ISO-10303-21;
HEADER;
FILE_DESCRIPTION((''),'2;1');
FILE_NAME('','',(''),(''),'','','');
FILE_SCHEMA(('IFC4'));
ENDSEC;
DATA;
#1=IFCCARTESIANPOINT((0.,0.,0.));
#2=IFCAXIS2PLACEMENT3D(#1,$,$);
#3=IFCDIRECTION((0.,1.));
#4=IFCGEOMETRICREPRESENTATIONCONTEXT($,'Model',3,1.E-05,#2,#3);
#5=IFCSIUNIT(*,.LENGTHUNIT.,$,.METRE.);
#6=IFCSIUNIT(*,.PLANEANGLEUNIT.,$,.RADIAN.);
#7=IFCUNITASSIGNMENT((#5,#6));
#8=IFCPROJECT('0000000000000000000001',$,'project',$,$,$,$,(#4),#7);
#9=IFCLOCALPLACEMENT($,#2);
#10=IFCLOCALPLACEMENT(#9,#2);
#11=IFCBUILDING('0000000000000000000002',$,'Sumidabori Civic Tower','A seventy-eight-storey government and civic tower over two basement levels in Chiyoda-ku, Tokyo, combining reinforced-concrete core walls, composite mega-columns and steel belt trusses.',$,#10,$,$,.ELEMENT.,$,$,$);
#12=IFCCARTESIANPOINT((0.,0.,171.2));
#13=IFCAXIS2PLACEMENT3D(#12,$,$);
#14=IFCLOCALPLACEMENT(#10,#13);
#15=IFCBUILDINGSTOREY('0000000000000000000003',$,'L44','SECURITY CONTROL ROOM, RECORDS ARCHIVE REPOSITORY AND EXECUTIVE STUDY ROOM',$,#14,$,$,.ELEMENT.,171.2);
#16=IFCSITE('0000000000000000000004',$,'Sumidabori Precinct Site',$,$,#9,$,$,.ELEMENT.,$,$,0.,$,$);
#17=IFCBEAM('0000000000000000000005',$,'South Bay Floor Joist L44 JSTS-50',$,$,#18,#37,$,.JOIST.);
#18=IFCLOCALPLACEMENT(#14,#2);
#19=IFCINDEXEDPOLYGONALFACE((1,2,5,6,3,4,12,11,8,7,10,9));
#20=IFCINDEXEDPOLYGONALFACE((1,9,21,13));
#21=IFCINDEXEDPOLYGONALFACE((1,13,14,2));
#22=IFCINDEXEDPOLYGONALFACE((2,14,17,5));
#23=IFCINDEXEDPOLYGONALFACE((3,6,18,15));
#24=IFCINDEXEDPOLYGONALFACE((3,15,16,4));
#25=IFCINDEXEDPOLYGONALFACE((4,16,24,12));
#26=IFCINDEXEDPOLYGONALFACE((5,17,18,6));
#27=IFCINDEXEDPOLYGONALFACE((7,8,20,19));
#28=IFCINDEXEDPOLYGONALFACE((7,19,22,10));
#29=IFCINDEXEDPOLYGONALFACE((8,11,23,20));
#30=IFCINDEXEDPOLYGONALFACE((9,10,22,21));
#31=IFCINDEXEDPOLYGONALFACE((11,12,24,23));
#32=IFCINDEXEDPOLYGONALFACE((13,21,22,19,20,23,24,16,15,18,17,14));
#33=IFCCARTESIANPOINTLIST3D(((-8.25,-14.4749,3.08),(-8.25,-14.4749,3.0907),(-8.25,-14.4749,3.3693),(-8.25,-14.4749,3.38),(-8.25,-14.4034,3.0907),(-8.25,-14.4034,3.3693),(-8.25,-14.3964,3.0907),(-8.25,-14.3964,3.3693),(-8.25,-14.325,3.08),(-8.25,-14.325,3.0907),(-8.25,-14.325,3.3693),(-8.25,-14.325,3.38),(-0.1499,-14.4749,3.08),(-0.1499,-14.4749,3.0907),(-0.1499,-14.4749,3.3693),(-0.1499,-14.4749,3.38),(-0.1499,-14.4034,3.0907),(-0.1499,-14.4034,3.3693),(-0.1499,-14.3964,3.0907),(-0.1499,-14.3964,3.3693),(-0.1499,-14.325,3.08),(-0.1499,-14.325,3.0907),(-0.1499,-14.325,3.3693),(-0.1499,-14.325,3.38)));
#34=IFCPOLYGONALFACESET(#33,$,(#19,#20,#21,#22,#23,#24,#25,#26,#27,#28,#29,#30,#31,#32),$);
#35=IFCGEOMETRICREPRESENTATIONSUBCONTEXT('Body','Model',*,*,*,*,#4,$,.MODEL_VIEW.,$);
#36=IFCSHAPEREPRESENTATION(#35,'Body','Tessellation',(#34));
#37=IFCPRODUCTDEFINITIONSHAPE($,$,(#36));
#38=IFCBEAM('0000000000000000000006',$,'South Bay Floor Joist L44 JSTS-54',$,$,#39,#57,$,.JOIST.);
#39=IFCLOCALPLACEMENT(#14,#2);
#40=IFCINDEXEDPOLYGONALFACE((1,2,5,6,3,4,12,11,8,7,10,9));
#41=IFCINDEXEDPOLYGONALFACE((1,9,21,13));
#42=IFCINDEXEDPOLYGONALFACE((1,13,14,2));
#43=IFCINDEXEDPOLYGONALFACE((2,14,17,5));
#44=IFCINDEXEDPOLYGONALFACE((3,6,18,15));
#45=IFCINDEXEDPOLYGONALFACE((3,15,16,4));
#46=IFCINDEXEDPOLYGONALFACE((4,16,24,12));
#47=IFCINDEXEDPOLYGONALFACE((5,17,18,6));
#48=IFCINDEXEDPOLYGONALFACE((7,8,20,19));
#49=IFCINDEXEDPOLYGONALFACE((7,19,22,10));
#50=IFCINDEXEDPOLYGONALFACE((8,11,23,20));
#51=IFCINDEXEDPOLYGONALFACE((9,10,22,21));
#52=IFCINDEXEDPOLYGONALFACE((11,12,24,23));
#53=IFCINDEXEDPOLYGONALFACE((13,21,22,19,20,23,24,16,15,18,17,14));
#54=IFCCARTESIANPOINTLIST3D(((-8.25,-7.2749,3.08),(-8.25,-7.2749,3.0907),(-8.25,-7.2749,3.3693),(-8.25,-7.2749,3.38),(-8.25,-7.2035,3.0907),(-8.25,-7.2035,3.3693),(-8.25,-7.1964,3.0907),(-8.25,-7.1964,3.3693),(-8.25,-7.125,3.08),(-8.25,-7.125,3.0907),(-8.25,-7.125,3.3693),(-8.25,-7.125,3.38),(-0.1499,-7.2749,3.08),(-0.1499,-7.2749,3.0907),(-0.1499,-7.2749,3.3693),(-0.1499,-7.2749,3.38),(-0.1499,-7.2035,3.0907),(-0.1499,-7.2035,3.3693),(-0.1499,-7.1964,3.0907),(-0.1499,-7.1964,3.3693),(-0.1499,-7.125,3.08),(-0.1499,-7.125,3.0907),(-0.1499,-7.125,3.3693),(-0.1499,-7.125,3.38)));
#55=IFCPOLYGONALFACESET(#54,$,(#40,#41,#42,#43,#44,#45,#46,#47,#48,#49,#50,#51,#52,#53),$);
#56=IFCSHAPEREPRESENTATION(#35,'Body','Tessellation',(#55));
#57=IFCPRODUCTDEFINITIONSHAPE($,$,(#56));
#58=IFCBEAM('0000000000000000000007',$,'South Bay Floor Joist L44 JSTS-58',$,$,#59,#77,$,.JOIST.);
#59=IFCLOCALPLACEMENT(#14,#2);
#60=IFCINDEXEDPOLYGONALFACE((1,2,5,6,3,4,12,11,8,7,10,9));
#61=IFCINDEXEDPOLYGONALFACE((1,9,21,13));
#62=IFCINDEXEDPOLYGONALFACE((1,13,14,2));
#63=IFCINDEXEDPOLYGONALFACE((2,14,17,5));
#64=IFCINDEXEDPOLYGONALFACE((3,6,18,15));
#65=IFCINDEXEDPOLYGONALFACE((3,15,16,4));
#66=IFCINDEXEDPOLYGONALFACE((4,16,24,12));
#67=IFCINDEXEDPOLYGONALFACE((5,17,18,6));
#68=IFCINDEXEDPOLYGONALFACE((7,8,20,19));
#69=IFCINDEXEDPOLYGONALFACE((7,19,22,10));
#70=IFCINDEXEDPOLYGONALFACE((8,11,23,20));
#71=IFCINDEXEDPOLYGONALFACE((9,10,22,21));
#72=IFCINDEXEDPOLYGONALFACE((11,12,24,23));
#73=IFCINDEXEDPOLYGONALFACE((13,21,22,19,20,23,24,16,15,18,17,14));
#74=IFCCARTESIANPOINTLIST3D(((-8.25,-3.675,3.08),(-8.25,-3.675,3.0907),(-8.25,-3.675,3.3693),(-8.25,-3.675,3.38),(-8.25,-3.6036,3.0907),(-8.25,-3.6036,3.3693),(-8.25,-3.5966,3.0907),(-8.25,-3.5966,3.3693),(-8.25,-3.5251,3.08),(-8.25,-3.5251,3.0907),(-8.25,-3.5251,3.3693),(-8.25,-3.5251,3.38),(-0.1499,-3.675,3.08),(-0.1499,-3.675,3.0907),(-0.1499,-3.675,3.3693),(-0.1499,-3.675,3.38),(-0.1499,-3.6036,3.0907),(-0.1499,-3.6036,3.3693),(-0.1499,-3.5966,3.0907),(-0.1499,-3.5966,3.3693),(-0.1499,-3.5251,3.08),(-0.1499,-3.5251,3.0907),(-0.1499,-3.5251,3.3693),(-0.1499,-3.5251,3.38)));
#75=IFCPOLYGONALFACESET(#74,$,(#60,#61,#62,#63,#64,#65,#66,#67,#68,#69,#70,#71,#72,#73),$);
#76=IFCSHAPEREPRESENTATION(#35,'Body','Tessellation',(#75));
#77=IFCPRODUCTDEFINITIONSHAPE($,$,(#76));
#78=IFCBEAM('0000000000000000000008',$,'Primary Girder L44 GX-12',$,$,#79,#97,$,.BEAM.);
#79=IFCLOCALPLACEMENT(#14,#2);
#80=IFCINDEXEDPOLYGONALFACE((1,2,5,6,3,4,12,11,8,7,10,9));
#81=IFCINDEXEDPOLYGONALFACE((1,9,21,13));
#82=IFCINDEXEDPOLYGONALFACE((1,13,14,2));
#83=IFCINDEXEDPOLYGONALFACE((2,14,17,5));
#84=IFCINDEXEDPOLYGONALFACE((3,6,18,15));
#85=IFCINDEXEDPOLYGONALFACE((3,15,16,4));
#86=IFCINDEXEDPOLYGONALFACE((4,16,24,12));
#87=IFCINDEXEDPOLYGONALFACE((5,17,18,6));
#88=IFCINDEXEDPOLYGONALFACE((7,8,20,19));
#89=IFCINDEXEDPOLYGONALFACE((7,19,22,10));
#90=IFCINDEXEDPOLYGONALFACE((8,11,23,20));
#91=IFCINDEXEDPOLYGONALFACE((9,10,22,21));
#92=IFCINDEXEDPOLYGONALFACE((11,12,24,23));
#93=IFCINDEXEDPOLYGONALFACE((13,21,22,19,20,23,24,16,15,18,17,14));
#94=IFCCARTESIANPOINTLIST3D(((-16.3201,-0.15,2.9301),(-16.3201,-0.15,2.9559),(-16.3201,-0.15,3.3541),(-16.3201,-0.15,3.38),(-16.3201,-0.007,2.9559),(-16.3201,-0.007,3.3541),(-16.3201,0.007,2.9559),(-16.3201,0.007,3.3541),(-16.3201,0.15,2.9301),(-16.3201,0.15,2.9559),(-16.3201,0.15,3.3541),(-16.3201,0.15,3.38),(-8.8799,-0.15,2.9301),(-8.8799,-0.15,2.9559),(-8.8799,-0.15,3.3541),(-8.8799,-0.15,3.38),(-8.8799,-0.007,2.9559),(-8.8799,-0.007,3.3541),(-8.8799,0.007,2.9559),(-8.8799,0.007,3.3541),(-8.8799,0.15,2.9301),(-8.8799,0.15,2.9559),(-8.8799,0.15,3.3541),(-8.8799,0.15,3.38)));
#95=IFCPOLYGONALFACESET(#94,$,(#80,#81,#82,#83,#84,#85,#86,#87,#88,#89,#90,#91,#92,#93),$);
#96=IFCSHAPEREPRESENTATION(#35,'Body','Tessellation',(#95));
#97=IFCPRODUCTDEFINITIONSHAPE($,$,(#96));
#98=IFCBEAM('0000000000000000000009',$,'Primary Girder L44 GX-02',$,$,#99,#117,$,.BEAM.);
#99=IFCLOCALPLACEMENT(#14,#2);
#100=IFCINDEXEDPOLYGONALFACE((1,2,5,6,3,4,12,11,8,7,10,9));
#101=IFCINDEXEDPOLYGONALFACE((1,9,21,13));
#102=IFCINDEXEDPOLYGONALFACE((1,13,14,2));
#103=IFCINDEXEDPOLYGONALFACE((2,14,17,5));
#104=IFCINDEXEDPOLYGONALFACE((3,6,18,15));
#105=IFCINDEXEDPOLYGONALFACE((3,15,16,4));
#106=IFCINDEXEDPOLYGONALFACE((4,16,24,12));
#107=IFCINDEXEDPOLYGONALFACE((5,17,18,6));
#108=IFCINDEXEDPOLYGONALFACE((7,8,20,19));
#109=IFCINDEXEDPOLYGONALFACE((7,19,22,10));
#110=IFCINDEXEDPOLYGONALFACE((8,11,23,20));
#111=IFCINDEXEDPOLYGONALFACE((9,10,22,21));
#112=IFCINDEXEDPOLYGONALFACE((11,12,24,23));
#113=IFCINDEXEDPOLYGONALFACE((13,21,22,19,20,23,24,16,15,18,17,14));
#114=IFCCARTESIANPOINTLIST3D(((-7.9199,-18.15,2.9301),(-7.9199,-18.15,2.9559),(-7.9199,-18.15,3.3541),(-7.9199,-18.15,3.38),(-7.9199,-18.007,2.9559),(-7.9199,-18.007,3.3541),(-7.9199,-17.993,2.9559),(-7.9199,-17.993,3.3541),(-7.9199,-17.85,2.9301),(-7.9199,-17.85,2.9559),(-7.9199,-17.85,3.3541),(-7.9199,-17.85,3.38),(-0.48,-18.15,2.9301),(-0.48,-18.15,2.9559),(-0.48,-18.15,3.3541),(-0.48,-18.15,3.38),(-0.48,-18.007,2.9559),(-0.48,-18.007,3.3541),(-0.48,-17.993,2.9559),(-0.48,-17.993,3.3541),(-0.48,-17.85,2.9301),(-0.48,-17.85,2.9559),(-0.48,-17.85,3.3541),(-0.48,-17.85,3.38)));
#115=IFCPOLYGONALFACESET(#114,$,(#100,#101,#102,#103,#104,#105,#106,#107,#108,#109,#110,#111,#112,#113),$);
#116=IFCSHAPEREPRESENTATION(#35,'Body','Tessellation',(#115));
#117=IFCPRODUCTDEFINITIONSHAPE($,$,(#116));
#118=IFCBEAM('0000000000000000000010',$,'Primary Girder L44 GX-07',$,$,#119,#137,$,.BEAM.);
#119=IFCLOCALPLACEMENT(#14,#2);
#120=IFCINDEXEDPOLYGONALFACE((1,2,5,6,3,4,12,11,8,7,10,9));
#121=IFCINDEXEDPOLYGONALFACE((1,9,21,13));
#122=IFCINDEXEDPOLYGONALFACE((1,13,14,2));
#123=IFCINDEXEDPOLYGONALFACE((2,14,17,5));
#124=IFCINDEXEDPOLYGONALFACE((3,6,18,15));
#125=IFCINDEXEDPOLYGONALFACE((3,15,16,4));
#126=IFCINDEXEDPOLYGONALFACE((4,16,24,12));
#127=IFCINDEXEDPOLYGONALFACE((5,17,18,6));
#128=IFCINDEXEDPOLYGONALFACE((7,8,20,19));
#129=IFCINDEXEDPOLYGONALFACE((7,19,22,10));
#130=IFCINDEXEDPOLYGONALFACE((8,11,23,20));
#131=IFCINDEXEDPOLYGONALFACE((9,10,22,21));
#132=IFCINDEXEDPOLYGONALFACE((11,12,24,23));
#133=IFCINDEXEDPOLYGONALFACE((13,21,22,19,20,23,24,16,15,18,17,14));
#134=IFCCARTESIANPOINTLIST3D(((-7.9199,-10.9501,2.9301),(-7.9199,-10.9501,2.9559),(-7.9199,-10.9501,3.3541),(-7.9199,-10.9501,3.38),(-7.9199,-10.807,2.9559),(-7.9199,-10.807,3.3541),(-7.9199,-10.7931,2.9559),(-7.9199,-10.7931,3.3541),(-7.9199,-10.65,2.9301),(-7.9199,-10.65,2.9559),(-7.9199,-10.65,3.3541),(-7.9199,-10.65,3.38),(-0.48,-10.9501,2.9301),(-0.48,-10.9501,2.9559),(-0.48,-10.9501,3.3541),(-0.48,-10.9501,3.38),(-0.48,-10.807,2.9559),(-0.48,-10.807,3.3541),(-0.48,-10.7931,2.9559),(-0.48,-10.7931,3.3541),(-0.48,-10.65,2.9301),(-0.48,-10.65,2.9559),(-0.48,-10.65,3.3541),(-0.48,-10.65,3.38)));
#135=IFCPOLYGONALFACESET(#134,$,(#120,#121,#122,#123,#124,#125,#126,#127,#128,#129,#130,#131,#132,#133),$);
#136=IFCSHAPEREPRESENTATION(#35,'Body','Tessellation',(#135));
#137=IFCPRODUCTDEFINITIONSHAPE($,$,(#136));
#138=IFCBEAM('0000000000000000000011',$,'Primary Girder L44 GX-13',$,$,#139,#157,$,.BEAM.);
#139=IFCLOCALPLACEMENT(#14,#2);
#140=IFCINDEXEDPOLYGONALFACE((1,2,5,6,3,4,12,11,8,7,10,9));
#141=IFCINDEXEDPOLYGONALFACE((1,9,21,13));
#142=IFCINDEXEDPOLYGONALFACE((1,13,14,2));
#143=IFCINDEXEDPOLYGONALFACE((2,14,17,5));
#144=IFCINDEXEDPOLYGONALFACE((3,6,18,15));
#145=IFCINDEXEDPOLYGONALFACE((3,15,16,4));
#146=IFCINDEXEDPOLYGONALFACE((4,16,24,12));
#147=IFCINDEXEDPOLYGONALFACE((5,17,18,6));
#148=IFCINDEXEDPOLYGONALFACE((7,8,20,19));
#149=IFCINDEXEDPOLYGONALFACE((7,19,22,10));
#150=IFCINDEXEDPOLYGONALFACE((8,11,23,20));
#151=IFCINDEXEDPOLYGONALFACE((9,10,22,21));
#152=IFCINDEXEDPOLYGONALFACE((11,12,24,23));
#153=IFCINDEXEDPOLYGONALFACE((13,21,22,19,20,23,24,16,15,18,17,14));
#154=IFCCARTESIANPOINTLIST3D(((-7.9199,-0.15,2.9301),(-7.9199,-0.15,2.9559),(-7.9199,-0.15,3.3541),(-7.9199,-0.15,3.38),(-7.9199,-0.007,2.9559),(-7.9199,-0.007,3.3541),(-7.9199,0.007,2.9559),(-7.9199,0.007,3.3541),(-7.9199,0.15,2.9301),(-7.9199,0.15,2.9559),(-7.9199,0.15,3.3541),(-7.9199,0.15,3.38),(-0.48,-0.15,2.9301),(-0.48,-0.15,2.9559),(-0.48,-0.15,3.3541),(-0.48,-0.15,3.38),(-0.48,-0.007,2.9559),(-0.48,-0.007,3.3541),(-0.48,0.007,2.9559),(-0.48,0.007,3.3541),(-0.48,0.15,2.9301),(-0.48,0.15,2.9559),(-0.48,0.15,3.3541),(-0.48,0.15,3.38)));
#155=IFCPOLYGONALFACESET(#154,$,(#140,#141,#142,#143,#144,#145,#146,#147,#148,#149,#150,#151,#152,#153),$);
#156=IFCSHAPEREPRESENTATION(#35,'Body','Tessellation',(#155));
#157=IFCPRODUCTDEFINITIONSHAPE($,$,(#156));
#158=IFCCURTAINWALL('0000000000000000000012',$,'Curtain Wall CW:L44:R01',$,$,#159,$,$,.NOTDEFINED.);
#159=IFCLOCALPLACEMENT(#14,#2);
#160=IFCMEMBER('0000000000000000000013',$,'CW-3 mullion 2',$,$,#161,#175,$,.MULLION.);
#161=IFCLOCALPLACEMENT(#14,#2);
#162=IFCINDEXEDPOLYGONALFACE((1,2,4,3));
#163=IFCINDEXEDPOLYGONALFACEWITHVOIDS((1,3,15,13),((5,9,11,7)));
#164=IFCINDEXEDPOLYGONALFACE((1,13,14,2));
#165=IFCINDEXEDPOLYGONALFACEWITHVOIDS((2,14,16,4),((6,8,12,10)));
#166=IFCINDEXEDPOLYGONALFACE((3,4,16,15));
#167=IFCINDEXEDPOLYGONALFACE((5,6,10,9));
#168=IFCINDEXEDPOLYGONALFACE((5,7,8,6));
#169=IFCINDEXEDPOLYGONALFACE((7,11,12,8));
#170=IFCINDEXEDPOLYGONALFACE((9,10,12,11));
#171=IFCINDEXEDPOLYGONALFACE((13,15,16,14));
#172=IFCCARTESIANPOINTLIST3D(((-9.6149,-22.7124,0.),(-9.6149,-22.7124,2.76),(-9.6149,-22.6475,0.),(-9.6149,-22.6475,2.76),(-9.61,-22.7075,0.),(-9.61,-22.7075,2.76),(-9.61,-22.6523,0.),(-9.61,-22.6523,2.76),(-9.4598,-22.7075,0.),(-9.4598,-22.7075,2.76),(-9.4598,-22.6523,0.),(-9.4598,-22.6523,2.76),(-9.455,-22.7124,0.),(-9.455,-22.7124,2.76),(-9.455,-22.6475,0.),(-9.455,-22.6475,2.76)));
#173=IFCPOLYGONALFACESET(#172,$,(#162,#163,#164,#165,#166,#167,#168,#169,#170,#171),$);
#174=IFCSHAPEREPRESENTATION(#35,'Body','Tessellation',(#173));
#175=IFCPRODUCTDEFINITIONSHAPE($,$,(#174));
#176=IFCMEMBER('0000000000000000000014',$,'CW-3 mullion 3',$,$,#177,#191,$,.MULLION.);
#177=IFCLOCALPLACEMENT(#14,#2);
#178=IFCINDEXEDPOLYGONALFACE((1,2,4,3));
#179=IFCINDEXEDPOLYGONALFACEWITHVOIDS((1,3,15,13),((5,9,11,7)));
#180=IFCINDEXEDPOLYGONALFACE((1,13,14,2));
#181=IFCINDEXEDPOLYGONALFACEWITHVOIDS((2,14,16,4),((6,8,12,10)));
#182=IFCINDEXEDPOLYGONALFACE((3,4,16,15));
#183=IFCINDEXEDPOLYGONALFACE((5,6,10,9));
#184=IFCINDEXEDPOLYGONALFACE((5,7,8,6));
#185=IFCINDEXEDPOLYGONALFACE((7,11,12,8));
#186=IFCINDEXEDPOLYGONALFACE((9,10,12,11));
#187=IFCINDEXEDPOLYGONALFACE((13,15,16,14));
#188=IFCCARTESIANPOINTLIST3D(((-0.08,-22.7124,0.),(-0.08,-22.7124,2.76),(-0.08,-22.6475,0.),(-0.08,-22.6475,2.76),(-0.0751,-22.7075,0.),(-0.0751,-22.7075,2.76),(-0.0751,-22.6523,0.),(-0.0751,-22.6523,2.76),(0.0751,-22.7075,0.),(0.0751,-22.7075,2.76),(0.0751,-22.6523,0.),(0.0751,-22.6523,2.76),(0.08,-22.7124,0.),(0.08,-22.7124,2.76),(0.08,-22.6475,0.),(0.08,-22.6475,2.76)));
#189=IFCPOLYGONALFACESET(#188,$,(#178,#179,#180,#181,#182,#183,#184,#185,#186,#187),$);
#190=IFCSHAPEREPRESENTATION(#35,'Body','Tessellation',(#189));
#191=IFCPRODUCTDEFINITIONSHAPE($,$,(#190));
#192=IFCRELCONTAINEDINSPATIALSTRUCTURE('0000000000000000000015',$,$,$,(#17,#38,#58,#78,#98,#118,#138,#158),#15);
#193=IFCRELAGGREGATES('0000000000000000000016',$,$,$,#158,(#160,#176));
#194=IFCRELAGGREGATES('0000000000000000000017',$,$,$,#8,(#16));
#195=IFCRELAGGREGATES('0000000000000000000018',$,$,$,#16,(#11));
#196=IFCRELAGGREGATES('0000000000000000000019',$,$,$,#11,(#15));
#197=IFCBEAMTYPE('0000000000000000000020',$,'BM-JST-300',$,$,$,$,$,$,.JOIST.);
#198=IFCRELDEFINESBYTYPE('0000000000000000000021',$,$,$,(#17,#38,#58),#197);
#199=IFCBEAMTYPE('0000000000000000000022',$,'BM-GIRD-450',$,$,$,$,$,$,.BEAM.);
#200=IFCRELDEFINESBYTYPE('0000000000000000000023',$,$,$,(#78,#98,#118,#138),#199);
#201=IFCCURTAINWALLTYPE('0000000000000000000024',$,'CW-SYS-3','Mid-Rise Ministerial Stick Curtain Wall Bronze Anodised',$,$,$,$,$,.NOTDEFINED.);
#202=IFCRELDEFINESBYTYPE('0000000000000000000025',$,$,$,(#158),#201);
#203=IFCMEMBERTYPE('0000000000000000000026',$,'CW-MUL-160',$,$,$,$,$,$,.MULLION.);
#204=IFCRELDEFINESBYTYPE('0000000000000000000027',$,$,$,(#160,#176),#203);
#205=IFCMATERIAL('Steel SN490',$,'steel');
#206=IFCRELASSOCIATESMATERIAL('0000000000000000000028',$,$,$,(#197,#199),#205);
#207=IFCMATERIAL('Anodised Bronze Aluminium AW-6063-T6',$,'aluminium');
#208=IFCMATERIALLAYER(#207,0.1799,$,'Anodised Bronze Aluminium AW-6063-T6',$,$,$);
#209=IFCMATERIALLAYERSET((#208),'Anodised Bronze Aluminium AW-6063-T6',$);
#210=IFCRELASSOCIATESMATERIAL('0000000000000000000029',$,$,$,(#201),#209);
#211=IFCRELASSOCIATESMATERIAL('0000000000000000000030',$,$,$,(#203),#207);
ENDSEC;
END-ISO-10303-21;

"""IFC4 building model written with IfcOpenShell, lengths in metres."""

from ifc_helpers import new_model, si_unit, direction, frame, origin, origin_2d, place, context, subcontext, project, spatial, hollow_rectangle, i_section, extrude, source, transform, mapped, material, layer, layer_set, material_profile, profile_set, type_object, element, aggregate, save


model = new_model("IFC4")

# Units and contexts
model_context = context("Model", 3, precision=1e-05, world=origin(), true_north=direction((0.0, 1.0)))
body_context = subcontext(model_context, "Body", "Model", "MODEL_VIEW")
ifc_project = project(units=[si_unit("LENGTHUNIT", "METRE"), si_unit("PLANEANGLEUNIT", "RADIAN")], contexts=[model_context])

# Site, building, storey
site_placement = place(None, origin())
site = spatial("IfcSite", under=ifc_project, at=site_placement, Name="Sumidabori Precinct Site", CompositionType="ELEMENT", RefElevation=0.0)
building_placement = place(site_placement, origin())
building = spatial("IfcBuilding", under=site, at=building_placement, Name="Sumidabori Civic Tower", Description="A seventy-eight-storey government and civic tower over two basement levels in Chiyoda-ku, Tokyo, combining reinforced-concrete core walls, composite mega-columns and steel belt trusses.", CompositionType="ELEMENT")
storey_placement = place(building_placement, frame((0.0, 0.0, 171.2)))
storey = spatial("IfcBuildingStorey", under=building, at=storey_placement, Name="L44", Description="SECURITY CONTROL ROOM, RECORDS ARCHIVE REPOSITORY AND EXECUTIVE STUDY ROOM", CompositionType="ELEMENT", Elevation=171.2)

# Beams
ifc_material_1 = material(Name="Steel SN490", Category="steel")
ifc_material_profile_1 = material_profile(ifc_material_1, i_section(OverallWidth=0.1499, OverallDepth=0.3, WebThickness=0.0071, FlangeThickness=0.0107, at=origin_2d()), Name="IPE 300")
ifc_profile_set_1 = profile_set([ifc_material_profile_1], Name="Steel SN490")
beam_type_1 = type_object("IfcBeamType", Name="BM-JST-300", PredefinedType="JOIST", material=ifc_profile_set_1)
shared_shape_1 = source(origin(), body_context, "Body", "SweptSolid", [
    extrude(i_section(OverallWidth=0.1499, OverallDepth=0.3, WebThickness=0.0071, FlangeThickness=0.0107, at=origin_2d()), origin(), (0.0, 0.0, 1.0), 8.1001),
])
for number, where, z_axis, x_axis, name in (
    (1, (-8.25, -14.3999, 3.23), (1.0, 0.0, 0.0), (0.0, 1.0, 0.0), "South Bay Floor Joist L44 JSTS-50"),
    (2, (-8.25, -7.2, 3.23), (1.0, 0.0, 0.0), (0.0, 1.0, 0.0), "South Bay Floor Joist L44 JSTS-54"),
    (3, (-8.25, -3.6001, 3.23), (1.0, 0.0, 0.0), (0.0, 1.0, 0.0), "South Bay Floor Joist L44 JSTS-58"),
):
    element("IfcBeam", number, at=place(storey_placement, frame(where, z_axis=z_axis, x_axis=x_axis)), inside=storey, type_object=beam_type_1, Name=name, PredefinedType="JOIST", context=body_context, shape_type="MappedRepresentation", body=[
        mapped(shared_shape_1, transform((0.0, 0.0, 0.0), x_axis=(1.0, 0.0, 0.0), y_axis=(0.0, 1.0, 0.0), z_axis=(0.0, 0.0, 1.0), scale=1.0)),
    ])
ifc_material_profile_2 = material_profile(ifc_material_1, i_section(OverallWidth=0.3, OverallDepth=0.45, WebThickness=0.0139, FlangeThickness=0.0259, at=origin_2d()), Name="HE 450 B")
ifc_profile_set_2 = profile_set([ifc_material_profile_2], Name="Steel SN490")
beam_type_2 = type_object("IfcBeamType", Name="BM-GIRD-450", PredefinedType="BEAM", material=ifc_profile_set_2)
shared_shape_2 = source(origin(), body_context, "Body", "SweptSolid", [
    extrude(i_section(OverallWidth=0.3, OverallDepth=0.45, WebThickness=0.0139, FlangeThickness=0.0259, at=origin_2d()), origin(), (0.0, 0.0, 1.0), 7.4402),
])
beam_placement = place(storey_placement, frame((-16.3201, 0.0, 3.155), z_axis=(1.0, 0.0, 0.0), x_axis=(0.0, 1.0, 0.0)))
element("IfcBeam", 4, at=beam_placement, inside=storey, type_object=beam_type_2, Name="Primary Girder L44 GX-12", PredefinedType="BEAM", context=body_context, shape_type="MappedRepresentation", body=[
    mapped(shared_shape_2, transform((0.0, 0.0, 0.0), x_axis=(1.0, 0.0, 0.0), y_axis=(0.0, 1.0, 0.0), z_axis=(0.0, 0.0, 1.0), scale=1.0)),
])
shared_shape_3 = source(origin(), body_context, "Body", "SweptSolid", [
    extrude(i_section(OverallWidth=0.3, OverallDepth=0.45, WebThickness=0.0139, FlangeThickness=0.0259, at=origin_2d()), origin(), (0.0, 0.0, 1.0), 7.4399),
])
for number, where, z_axis, x_axis, name in (
    (5, (-7.9199, -18.0, 3.155), (1.0, 0.0, 0.0), (0.0, 1.0, 0.0), "Primary Girder L44 GX-02"),
    (6, (-7.9199, -10.8, 3.155), (1.0, 0.0, 0.0), (0.0, 1.0, 0.0), "Primary Girder L44 GX-07"),
    (7, (-7.9199, 0.0, 3.155), (1.0, 0.0, 0.0), (0.0, 1.0, 0.0), "Primary Girder L44 GX-13"),
):
    element("IfcBeam", number, at=place(storey_placement, frame(where, z_axis=z_axis, x_axis=x_axis)), inside=storey, type_object=beam_type_2, Name=name, PredefinedType="BEAM", context=body_context, shape_type="MappedRepresentation", body=[
        mapped(shared_shape_3, transform((0.0, 0.0, 0.0), x_axis=(1.0, 0.0, 0.0), y_axis=(0.0, 1.0, 0.0), z_axis=(0.0, 0.0, 1.0), scale=1.0)),
    ])

# Curtain wall, members
ifc_material_2 = material(Name="Anodised Bronze Aluminium AW-6063-T6", Category="aluminium")
ifc_layer_1 = layer(ifc_material_2, 0.1799, Name="Anodised Bronze Aluminium AW-6063-T6")
ifc_layer_set_1 = layer_set([ifc_layer_1], Name="Anodised Bronze Aluminium AW-6063-T6")
curtain_wall_type = type_object("IfcCurtainWallType", Name="CW-SYS-3", Description="Mid-Rise Ministerial Stick Curtain Wall Bronze Anodised", PredefinedType="NOTDEFINED", material=ifc_layer_set_1)
curtain_wall_placement = place(storey_placement, origin())
curtain_wall = element("IfcCurtainWall", 8, at=curtain_wall_placement, inside=storey, type_object=curtain_wall_type, Name="Curtain Wall CW:L44:R01", PredefinedType="NOTDEFINED")
ifc_material_profile_3 = material_profile(ifc_material_2, hollow_rectangle(XDim=0.0649, YDim=0.1599, WallThickness=0.0049, at=origin_2d()), Name="ALU MULLION 160x65")
ifc_profile_set_3 = profile_set([ifc_material_profile_3], Name="Anodised Bronze Aluminium AW-6063-T6")
member_type_1 = type_object("IfcMemberType", Name="CW-MUL-160", PredefinedType="MULLION", material=ifc_profile_set_3)
shared_shape_4 = source(origin(), body_context, "Body", "SweptSolid", [
    extrude(hollow_rectangle(XDim=0.0649, YDim=0.1599, WallThickness=0.0049, at=origin_2d()), origin(), (0.0, 0.0, 1.0), 2.76),
])
member_1_placement = place(storey_placement, frame((-9.5349, -22.6799, 0.0), z_axis=(0.0, 0.0, 1.0), x_axis=(0.0, 1.0, 0.0)))
member_1 = element("IfcMember", 9, at=member_1_placement, type_object=member_type_1, Name="CW-3 mullion 2", PredefinedType="MULLION", context=body_context, shape_type="MappedRepresentation", body=[
    mapped(shared_shape_4, transform((0.0, 0.0, 0.0), x_axis=(1.0, 0.0, 0.0), y_axis=(0.0, 1.0, 0.0), z_axis=(0.0, 0.0, 1.0), scale=1.0)),
])
member_2_placement = place(storey_placement, frame((0.0, -22.6799, 0.0), z_axis=(0.0, 0.0, 1.0), x_axis=(0.0, 1.0, 0.0)))
member_2 = element("IfcMember", 10, at=member_2_placement, type_object=member_type_1, Name="CW-3 mullion 3", PredefinedType="MULLION", context=body_context, shape_type="MappedRepresentation", body=[
    mapped(shared_shape_4, transform((0.0, 0.0, 0.0), x_axis=(1.0, 0.0, 0.0), y_axis=(0.0, 1.0, 0.0), z_axis=(0.0, 0.0, 1.0), scale=1.0)),
])

aggregate(curtain_wall, [member_1, member_2])

save(model, "model.ifc")
